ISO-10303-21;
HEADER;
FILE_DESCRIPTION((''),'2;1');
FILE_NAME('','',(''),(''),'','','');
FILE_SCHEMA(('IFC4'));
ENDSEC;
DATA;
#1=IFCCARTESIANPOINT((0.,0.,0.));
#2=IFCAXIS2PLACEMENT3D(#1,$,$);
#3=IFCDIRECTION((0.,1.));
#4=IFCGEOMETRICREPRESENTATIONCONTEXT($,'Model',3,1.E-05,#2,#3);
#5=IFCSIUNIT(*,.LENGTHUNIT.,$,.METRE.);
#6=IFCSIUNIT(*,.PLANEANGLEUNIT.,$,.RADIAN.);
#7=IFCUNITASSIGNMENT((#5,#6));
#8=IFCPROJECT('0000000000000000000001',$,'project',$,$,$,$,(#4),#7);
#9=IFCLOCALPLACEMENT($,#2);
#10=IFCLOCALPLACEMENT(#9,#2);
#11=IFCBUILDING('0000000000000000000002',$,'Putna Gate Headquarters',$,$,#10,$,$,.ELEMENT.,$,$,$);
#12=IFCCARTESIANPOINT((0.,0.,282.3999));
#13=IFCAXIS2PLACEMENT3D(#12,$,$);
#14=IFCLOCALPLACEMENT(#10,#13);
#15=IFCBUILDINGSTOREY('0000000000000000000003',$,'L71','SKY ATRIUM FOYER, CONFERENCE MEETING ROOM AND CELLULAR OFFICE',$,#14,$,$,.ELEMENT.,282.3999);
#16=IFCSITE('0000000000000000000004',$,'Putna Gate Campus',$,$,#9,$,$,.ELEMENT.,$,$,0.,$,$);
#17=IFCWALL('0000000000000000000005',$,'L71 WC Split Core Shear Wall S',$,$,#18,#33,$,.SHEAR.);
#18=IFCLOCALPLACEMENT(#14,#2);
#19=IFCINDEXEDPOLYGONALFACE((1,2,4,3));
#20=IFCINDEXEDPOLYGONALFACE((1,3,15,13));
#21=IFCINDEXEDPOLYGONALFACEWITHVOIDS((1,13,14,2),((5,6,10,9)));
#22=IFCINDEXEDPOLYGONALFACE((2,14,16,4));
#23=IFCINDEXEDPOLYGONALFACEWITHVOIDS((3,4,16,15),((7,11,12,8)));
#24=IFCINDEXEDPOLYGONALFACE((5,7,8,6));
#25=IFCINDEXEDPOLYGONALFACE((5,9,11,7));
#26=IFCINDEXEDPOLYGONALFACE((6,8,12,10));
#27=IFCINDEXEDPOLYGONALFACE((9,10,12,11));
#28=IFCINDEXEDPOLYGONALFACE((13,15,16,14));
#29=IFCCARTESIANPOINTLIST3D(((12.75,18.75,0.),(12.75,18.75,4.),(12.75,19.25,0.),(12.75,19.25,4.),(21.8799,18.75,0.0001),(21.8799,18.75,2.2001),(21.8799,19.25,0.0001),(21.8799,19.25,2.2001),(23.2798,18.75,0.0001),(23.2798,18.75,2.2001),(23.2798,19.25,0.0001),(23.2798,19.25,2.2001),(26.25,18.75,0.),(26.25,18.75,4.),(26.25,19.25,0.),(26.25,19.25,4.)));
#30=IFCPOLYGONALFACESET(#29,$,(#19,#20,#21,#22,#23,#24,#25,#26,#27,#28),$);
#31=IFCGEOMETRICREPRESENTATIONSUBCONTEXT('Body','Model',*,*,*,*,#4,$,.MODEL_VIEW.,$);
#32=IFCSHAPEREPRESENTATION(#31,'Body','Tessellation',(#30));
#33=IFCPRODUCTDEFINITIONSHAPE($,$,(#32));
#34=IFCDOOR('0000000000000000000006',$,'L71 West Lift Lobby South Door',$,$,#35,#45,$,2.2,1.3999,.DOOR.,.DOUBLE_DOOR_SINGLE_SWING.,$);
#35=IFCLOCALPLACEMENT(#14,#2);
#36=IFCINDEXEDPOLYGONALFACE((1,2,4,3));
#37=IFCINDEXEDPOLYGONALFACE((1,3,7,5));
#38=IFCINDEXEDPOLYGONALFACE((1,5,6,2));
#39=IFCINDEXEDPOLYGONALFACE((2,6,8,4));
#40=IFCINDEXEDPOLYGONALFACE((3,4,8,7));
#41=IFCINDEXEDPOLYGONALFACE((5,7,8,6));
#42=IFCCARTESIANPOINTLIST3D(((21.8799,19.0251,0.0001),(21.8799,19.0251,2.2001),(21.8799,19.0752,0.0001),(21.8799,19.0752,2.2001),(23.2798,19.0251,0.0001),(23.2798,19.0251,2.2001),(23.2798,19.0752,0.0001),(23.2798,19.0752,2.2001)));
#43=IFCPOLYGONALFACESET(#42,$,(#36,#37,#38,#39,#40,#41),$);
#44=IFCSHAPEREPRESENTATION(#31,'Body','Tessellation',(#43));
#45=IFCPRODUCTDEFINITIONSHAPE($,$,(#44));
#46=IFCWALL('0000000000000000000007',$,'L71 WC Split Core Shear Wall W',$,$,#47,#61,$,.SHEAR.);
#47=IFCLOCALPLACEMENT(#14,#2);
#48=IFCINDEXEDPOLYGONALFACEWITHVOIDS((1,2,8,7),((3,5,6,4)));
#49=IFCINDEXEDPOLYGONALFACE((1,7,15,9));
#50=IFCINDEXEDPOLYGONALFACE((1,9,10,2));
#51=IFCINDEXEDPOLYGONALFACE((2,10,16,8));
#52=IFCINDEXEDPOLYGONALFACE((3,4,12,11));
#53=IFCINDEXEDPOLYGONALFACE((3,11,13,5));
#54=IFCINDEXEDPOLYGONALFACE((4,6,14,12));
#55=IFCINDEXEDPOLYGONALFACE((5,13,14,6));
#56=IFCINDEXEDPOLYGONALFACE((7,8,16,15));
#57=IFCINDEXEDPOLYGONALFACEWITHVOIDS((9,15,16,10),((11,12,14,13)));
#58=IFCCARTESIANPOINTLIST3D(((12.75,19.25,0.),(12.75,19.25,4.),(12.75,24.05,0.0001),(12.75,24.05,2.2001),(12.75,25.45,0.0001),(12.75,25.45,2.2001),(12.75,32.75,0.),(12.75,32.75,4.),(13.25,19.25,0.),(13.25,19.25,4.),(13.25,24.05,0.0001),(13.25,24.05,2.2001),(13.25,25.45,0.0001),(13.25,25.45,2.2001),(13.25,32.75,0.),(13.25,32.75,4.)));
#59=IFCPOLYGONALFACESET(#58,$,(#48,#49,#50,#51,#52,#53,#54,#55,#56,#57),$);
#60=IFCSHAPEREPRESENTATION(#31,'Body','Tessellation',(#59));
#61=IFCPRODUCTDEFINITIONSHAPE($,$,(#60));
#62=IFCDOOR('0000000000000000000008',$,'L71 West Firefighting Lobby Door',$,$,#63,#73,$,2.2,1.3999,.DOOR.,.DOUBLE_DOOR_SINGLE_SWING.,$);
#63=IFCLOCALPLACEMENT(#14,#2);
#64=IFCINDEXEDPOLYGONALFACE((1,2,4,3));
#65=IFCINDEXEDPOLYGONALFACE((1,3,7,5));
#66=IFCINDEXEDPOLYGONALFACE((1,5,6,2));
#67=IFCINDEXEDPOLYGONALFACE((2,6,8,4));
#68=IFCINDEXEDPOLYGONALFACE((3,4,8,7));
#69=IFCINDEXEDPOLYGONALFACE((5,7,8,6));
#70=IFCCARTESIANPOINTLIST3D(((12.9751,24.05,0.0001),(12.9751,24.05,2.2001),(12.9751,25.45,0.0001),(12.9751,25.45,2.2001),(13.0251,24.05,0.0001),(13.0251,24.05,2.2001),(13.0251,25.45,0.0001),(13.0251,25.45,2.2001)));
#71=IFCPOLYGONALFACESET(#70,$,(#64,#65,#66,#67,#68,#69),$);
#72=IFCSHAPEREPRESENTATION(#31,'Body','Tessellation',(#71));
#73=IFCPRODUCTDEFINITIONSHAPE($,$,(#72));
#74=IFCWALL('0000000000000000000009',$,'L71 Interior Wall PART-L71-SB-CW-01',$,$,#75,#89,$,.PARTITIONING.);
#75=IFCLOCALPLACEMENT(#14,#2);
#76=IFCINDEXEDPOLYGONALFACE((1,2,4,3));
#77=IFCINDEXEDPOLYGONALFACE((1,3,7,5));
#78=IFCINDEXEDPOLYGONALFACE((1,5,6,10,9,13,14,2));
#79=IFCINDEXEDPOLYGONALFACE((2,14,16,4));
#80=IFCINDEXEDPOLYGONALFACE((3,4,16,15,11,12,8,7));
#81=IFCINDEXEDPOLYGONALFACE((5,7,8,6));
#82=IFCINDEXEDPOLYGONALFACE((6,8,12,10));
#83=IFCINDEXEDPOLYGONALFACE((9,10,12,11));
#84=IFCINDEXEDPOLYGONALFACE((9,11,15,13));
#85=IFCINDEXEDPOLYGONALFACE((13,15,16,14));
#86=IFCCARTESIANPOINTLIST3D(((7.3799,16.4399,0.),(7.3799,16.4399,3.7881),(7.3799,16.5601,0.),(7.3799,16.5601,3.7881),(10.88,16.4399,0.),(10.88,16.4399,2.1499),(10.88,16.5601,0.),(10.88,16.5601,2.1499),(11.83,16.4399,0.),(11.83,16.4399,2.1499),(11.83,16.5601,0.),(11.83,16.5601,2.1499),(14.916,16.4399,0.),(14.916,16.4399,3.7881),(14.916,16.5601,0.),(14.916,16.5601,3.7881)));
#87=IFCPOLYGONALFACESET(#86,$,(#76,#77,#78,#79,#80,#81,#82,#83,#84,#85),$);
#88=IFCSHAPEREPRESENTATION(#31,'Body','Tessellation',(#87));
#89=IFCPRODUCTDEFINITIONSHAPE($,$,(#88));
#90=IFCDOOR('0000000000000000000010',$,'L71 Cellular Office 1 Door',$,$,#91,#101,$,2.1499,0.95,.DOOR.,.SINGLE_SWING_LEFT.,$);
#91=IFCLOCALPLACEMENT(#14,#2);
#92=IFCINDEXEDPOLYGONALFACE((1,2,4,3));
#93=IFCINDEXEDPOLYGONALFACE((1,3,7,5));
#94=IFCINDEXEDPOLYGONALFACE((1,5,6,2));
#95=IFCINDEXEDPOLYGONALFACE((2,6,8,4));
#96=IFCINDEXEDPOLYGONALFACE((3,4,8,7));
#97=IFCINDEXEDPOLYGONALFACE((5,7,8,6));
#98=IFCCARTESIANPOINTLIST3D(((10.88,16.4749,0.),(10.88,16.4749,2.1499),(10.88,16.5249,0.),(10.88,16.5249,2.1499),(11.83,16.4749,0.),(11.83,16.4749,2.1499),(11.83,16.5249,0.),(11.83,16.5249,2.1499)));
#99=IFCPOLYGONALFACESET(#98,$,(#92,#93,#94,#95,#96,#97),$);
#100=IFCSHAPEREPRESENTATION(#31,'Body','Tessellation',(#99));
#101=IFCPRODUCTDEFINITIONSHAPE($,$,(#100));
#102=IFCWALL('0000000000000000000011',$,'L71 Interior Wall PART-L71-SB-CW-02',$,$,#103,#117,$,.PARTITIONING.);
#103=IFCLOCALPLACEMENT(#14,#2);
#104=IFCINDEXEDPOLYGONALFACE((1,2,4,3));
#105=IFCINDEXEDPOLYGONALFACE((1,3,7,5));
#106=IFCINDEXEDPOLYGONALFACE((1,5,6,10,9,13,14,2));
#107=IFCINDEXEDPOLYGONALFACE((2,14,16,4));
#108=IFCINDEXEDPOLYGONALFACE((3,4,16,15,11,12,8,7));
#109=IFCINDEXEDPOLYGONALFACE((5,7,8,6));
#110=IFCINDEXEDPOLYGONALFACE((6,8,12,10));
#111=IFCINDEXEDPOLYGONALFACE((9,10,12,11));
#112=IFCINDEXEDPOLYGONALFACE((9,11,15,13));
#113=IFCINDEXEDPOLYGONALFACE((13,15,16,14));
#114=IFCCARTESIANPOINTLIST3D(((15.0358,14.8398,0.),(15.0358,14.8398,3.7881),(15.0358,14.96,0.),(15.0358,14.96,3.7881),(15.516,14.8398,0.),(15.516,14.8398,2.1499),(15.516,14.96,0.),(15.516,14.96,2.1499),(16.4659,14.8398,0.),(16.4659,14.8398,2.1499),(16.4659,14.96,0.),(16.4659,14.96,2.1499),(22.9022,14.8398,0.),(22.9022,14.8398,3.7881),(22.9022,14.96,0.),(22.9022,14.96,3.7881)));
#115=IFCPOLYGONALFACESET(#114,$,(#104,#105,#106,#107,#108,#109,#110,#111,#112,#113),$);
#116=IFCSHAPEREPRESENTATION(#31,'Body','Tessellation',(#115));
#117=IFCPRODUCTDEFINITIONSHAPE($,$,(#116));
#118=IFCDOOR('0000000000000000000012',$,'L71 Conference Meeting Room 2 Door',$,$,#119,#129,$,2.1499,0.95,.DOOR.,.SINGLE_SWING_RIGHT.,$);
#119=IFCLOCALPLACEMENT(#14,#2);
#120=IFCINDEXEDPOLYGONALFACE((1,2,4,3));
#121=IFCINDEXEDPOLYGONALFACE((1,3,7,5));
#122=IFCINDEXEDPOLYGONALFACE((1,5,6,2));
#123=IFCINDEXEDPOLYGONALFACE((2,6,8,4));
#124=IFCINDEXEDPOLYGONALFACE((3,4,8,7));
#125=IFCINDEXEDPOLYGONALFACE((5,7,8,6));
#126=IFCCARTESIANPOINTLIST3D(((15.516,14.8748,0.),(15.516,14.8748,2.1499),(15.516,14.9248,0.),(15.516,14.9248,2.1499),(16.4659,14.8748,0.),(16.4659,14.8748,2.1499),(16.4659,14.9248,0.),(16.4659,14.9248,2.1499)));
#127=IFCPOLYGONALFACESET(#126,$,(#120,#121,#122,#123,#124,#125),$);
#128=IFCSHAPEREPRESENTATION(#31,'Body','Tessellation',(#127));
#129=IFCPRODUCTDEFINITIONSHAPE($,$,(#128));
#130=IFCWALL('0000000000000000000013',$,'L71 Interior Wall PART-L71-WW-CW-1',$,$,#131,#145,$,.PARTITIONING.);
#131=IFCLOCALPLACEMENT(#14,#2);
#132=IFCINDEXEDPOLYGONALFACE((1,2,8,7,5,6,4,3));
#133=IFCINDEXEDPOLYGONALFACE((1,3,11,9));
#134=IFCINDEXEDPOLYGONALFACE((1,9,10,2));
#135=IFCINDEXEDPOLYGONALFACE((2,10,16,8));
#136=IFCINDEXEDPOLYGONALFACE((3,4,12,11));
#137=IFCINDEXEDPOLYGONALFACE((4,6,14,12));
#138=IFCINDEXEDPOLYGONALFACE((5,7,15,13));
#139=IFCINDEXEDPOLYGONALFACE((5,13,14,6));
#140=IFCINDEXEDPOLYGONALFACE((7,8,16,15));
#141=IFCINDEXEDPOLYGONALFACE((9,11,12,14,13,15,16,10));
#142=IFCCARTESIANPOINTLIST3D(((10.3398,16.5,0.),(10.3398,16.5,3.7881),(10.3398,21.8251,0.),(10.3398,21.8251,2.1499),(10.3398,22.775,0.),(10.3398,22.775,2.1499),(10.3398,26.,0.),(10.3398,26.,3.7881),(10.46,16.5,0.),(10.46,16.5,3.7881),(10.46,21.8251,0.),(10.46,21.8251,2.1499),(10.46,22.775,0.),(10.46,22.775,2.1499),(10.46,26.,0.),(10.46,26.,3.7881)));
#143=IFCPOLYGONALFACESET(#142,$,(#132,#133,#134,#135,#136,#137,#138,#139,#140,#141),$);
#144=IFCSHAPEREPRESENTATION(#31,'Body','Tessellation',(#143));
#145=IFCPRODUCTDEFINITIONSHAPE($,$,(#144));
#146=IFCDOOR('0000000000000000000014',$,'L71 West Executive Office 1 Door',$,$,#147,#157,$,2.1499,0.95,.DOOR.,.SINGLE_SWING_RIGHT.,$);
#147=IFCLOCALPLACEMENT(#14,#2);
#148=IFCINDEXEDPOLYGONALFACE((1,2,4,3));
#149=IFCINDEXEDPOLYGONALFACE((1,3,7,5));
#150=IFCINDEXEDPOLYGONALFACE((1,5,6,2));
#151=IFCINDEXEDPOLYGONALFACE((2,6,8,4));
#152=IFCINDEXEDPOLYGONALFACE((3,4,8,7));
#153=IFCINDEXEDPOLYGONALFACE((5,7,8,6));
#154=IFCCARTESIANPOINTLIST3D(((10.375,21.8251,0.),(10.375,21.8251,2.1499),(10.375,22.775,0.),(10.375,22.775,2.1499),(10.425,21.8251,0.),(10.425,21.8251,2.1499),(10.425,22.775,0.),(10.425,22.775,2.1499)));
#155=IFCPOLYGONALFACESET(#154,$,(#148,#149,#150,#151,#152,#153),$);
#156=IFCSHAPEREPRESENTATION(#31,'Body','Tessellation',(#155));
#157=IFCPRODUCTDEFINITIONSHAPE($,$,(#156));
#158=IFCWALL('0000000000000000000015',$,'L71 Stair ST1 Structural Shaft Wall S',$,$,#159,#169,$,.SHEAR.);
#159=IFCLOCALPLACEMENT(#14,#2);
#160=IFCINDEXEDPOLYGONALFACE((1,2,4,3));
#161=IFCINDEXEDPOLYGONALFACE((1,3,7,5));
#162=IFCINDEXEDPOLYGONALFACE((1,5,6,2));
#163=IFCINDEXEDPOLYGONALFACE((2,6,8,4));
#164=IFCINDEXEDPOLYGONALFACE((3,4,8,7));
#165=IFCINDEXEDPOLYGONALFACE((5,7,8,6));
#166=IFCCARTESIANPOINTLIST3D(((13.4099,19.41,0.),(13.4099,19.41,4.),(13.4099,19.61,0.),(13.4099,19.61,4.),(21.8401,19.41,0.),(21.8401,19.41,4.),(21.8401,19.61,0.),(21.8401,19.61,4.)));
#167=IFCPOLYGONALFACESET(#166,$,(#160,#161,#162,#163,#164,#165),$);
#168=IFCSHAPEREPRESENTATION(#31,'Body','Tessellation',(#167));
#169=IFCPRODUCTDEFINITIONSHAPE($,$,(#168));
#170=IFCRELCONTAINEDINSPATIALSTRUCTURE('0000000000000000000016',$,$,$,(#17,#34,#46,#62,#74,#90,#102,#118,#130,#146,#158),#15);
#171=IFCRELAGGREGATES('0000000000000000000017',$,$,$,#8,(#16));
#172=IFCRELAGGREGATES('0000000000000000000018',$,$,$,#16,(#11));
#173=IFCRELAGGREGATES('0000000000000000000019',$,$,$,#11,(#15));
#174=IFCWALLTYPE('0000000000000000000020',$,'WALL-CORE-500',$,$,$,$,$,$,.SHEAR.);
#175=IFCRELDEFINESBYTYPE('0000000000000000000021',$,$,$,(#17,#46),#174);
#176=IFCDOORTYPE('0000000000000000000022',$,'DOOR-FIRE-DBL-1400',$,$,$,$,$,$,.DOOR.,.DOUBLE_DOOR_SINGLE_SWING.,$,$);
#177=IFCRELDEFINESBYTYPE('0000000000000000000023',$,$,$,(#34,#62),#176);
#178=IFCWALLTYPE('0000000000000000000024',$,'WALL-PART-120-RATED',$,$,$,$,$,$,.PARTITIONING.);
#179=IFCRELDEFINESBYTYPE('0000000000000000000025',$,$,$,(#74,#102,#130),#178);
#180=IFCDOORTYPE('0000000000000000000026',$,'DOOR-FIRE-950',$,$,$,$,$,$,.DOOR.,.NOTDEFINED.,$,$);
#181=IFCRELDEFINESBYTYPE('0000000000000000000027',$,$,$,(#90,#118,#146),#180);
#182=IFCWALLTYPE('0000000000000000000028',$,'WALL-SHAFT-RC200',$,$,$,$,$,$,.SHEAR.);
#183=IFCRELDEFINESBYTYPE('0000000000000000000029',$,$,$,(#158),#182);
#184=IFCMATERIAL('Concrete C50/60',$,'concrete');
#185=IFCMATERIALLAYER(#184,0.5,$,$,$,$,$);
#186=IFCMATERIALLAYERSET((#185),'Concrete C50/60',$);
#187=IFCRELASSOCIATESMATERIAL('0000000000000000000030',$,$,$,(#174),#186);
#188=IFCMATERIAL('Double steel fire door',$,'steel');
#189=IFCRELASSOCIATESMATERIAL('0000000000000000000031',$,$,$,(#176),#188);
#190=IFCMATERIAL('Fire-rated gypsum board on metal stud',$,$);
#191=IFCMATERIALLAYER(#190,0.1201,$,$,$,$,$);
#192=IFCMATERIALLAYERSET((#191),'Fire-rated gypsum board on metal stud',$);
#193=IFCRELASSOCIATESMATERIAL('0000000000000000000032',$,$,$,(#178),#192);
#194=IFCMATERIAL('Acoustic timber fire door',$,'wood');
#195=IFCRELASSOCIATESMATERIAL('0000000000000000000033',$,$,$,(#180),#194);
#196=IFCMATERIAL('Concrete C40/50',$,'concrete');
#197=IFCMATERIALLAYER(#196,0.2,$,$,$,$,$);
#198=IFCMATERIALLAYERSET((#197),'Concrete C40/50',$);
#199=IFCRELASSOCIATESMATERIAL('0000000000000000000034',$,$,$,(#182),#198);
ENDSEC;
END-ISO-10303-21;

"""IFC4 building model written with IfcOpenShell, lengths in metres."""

from ifc_helpers import new_model, si_unit, direction, frame, frame_2d, origin, place, context, subcontext, project, spatial, rectangle, extrude, material, layer, layer_set, type_object, element, fill, save


model = new_model("IFC4")

# Units and contexts
model_context = context("Model", 3, precision=1e-05, world=origin(), true_north=direction((0.0, 1.0)))
body_context = subcontext(model_context, "Body", "Model", "MODEL_VIEW")
ifc_project = project(units=[si_unit("LENGTHUNIT", "METRE"), si_unit("PLANEANGLEUNIT", "RADIAN")], contexts=[model_context])

# Site, building, storey
site_placement = place(None, origin())
site = spatial("IfcSite", under=ifc_project, at=site_placement, Name="Putna Gate Campus", CompositionType="ELEMENT", RefElevation=0.0)
building_placement = place(site_placement, origin())
building = spatial("IfcBuilding", under=site, at=building_placement, Name="Putna Gate Headquarters", CompositionType="ELEMENT")
storey_placement = place(building_placement, frame((0.0, 0.0, 282.3999)))
storey = spatial("IfcBuildingStorey", under=building, at=storey_placement, Name="L71", Description="SKY ATRIUM FOYER, CONFERENCE MEETING ROOM AND CELLULAR OFFICE", CompositionType="ELEMENT", Elevation=282.3999)

# Walls, openings, doors
ifc_material_1 = material(Name="Concrete C50/60", Category="concrete")
ifc_layer_1 = layer(ifc_material_1, 0.5)
ifc_layer_set_1 = layer_set([ifc_layer_1], Name="Concrete C50/60")
wall_type_1 = type_object("IfcWallType", Name="WALL-CORE-500", PredefinedType="SHEAR", material=ifc_layer_set_1)
wall_1_placement = place(storey_placement, frame((12.75, 19.0, 0.0), z_axis=(0.0, 0.0, 1.0), x_axis=(1.0, 0.0, 0.0)))
wall_1 = element("IfcWall", 1, at=wall_1_placement, inside=storey, type_object=wall_type_1, Name="L71 WC Split Core Shear Wall S", PredefinedType="SHEAR", context=body_context, shape_type="SweptSolid", body=[
    extrude(rectangle(XDim=13.5, YDim=0.5, at=frame_2d((6.75, 0.0))), origin(), (0.0, 0.0, 1.0), 4.0),
])
opening_1_placement = place(wall_1_placement, frame((9.1299, 0.0, 0.0)))
opening_1 = element("IfcOpeningElement", 2, at=opening_1_placement, cuts=wall_1, PredefinedType="OPENING", context=body_context, shape_type="SweptSolid", body=[
    extrude(rectangle(XDim=1.3999, YDim=2.2, at=frame_2d((0.7, 1.1001))), frame((0.0, 0.26, 0.0), z_axis=(0.0, -1.0, 0.0), x_axis=(1.0, 0.0, 0.0)), (0.0, 0.0, 1.0), 0.52),
])
ifc_material_2 = material(Name="Double steel fire door", Category="steel")
door_type_1 = type_object("IfcDoorType", Name="DOOR-FIRE-DBL-1400", OperationType="DOUBLE_DOOR_SINGLE_SWING", PredefinedType="DOOR", material=ifc_material_2)
door_1_placement = place(opening_1_placement, origin())
door_1 = element("IfcDoor", 3, at=door_1_placement, inside=storey, type_object=door_type_1, Name="L71 West Lift Lobby South Door", OperationType="DOUBLE_DOOR_SINGLE_SWING", OverallHeight=2.2, OverallWidth=1.3999, PredefinedType="DOOR", context=body_context, shape_type="SweptSolid", body=[
    extrude(rectangle(XDim=1.3999, YDim=2.2, at=frame_2d((0.7, 1.1001))), frame((0.0, 0.0752, 0.0), z_axis=(0.0, -1.0, 0.0), x_axis=(1.0, 0.0, 0.0)), (0.0, 0.0, 1.0), 0.05),
])
fill(opening_1, door_1)
wall_2_placement = place(storey_placement, frame((13.0, 19.25, 0.0), z_axis=(0.0, 0.0, 1.0), x_axis=(0.0, 1.0, 0.0)))
wall_2 = element("IfcWall", 4, at=wall_2_placement, inside=storey, type_object=wall_type_1, Name="L71 WC Split Core Shear Wall W", PredefinedType="SHEAR", context=body_context, shape_type="SweptSolid", body=[
    extrude(rectangle(XDim=13.5, YDim=0.5, at=frame_2d((6.75, 0.0))), origin(), (0.0, 0.0, 1.0), 4.0),
])
opening_2_placement = place(wall_2_placement, frame((4.8, 0.0, 0.0)))
opening_2 = element("IfcOpeningElement", 5, at=opening_2_placement, cuts=wall_2, PredefinedType="OPENING", context=body_context, shape_type="SweptSolid", body=[
    extrude(rectangle(XDim=1.3999, YDim=2.2, at=frame_2d((0.7, 1.1001))), frame((0.0, 0.26, 0.0), z_axis=(0.0, -1.0, 0.0), x_axis=(1.0, 0.0, 0.0)), (0.0, 0.0, 1.0), 0.52),
])
door_2_placement = place(opening_2_placement, origin())
door_2 = element("IfcDoor", 6, at=door_2_placement, inside=storey, type_object=door_type_1, Name="L71 West Firefighting Lobby Door", OperationType="DOUBLE_DOOR_SINGLE_SWING", OverallHeight=2.2, OverallWidth=1.3999, PredefinedType="DOOR", context=body_context, shape_type="SweptSolid", body=[
    extrude(rectangle(XDim=1.3999, YDim=2.2, at=frame_2d((0.7, 1.1001))), frame((0.0, 0.0249, 0.0), z_axis=(0.0, -1.0, 0.0), x_axis=(1.0, 0.0, 0.0)), (0.0, 0.0, 1.0), 0.05),
])
fill(opening_2, door_2)
ifc_material_3 = material(Name="Fire-rated gypsum board on metal stud")
ifc_layer_2 = layer(ifc_material_3, 0.1201)
ifc_layer_set_2 = layer_set([ifc_layer_2], Name="Fire-rated gypsum board on metal stud")
wall_type_2 = type_object("IfcWallType", Name="WALL-PART-120-RATED", PredefinedType="PARTITIONING", material=ifc_layer_set_2)
wall_3_placement = place(storey_placement, frame((7.3799, 16.5, 0.0), z_axis=(0.0, 0.0, 1.0), x_axis=(1.0, 0.0, 0.0)))
wall_3 = element("IfcWall", 7, at=wall_3_placement, inside=storey, type_object=wall_type_2, Name="L71 Interior Wall PART-L71-SB-CW-01", PredefinedType="PARTITIONING", context=body_context, shape_type="SweptSolid", body=[
    extrude(rectangle(XDim=7.5361, YDim=0.1201, at=frame_2d((3.7681, 0.0))), origin(), (0.0, 0.0, 1.0), 3.7881),
])
opening_3_placement = place(wall_3_placement, frame((3.5, 0.0, 0.0)))
opening_3 = element("IfcOpeningElement", 8, at=opening_3_placement, cuts=wall_3, PredefinedType="OPENING", context=body_context, shape_type="SweptSolid", body=[
    extrude(rectangle(XDim=0.95, YDim=2.1499, at=frame_2d((0.4751, 1.075))), frame((0.0, 0.0701, 0.0), z_axis=(0.0, -1.0, 0.0), x_axis=(1.0, 0.0, 0.0)), (0.0, 0.0, 1.0), 0.1401),
])
ifc_material_4 = material(Name="Acoustic timber fire door", Category="wood")
door_type_2 = type_object("IfcDoorType", Name="DOOR-FIRE-950", OperationType="NOTDEFINED", PredefinedType="DOOR", material=ifc_material_4)
door_3_placement = place(opening_3_placement, origin())
door_3 = element("IfcDoor", 9, at=door_3_placement, inside=storey, type_object=door_type_2, Name="L71 Cellular Office 1 Door", OperationType="SINGLE_SWING_LEFT", OverallHeight=2.1499, OverallWidth=0.95, PredefinedType="DOOR", context=body_context, shape_type="SweptSolid", body=[
    extrude(rectangle(XDim=0.95, YDim=2.1499, at=frame_2d((0.4751, 1.075))), frame((0.0, 0.0249, 0.0), z_axis=(0.0, -1.0, 0.0), x_axis=(1.0, 0.0, 0.0)), (0.0, 0.0, 1.0), 0.05),
])
fill(opening_3, door_3)
wall_4_placement = place(storey_placement, frame((15.0359, 14.8999, 0.0), z_axis=(0.0, 0.0, 1.0), x_axis=(1.0, 0.0, 0.0)))
wall_4 = element("IfcWall", 10, at=wall_4_placement, inside=storey, type_object=wall_type_2, Name="L71 Interior Wall PART-L71-SB-CW-02", PredefinedType="PARTITIONING", context=body_context, shape_type="SweptSolid", body=[
    extrude(rectangle(XDim=7.8665, YDim=0.1201, at=frame_2d((3.9331, 0.0))), origin(), (0.0, 0.0, 1.0), 3.7881),
])
opening_4_placement = place(wall_4_placement, frame((0.48, 0.0, 0.0)))
opening_4 = element("IfcOpeningElement", 11, at=opening_4_placement, cuts=wall_4, PredefinedType="OPENING", context=body_context, shape_type="SweptSolid", body=[
    extrude(rectangle(XDim=0.95, YDim=2.1499, at=frame_2d((0.4751, 1.075))), frame((0.0, 0.0701, 0.0), z_axis=(0.0, -1.0, 0.0), x_axis=(1.0, 0.0, 0.0)), (0.0, 0.0, 1.0), 0.1401),
])
door_4_placement = place(opening_4_placement, origin())
door_4 = element("IfcDoor", 12, at=door_4_placement, inside=storey, type_object=door_type_2, Name="L71 Conference Meeting Room 2 Door", OperationType="SINGLE_SWING_RIGHT", OverallHeight=2.1499, OverallWidth=0.95, PredefinedType="DOOR", context=body_context, shape_type="SweptSolid", body=[
    extrude(rectangle(XDim=0.95, YDim=2.1499, at=frame_2d((0.4751, 1.075))), frame((0.0, 0.0249, 0.0), z_axis=(0.0, -1.0, 0.0), x_axis=(1.0, 0.0, 0.0)), (0.0, 0.0, 1.0), 0.05),
])
fill(opening_4, door_4)
wall_5_placement = place(storey_placement, frame((10.3999, 16.5, 0.0), z_axis=(0.0, 0.0, 1.0), x_axis=(0.0, 1.0, 0.0)))
wall_5 = element("IfcWall", 13, at=wall_5_placement, inside=storey, type_object=wall_type_2, Name="L71 Interior Wall PART-L71-WW-CW-1", PredefinedType="PARTITIONING", context=body_context, shape_type="SweptSolid", body=[
    extrude(rectangle(XDim=9.5, YDim=0.1201, at=frame_2d((4.75, 0.0))), origin(), (0.0, 0.0, 1.0), 3.7881),
])
opening_5_placement = place(wall_5_placement, frame((5.325, 0.0, 0.0)))
opening_5 = element("IfcOpeningElement", 14, at=opening_5_placement, cuts=wall_5, PredefinedType="OPENING", context=body_context, shape_type="SweptSolid", body=[
    extrude(rectangle(XDim=0.95, YDim=2.1499, at=frame_2d((0.4751, 1.075))), frame((0.0, 0.0701, 0.0), z_axis=(0.0, -1.0, 0.0), x_axis=(1.0, 0.0, 0.0)), (0.0, 0.0, 1.0), 0.1401),
])
door_5_placement = place(opening_5_placement, origin())
door_5 = element("IfcDoor", 15, at=door_5_placement, inside=storey, type_object=door_type_2, Name="L71 West Executive Office 1 Door", OperationType="SINGLE_SWING_RIGHT", OverallHeight=2.1499, OverallWidth=0.95, PredefinedType="DOOR", context=body_context, shape_type="SweptSolid", body=[
    extrude(rectangle(XDim=0.95, YDim=2.1499, at=frame_2d((0.4751, 1.075))), frame((0.0, 0.0249, 0.0), z_axis=(0.0, -1.0, 0.0), x_axis=(1.0, 0.0, 0.0)), (0.0, 0.0, 1.0), 0.05),
])
fill(opening_5, door_5)

# Wall
ifc_material_5 = material(Name="Concrete C40/50", Category="concrete")
ifc_layer_3 = layer(ifc_material_5, 0.2)
ifc_layer_set_3 = layer_set([ifc_layer_3], Name="Concrete C40/50")
wall_type_3 = type_object("IfcWallType", Name="WALL-SHAFT-RC200", PredefinedType="SHEAR", material=ifc_layer_set_3)
wall_6_placement = place(storey_placement, frame((13.4099, 19.51, 0.0), z_axis=(0.0, 0.0, 1.0), x_axis=(1.0, 0.0, 0.0)))
element("IfcWall", 16, at=wall_6_placement, inside=storey, type_object=wall_type_3, Name="L71 Stair ST1 Structural Shaft Wall S", PredefinedType="SHEAR", context=body_context, shape_type="SweptSolid", body=[
    extrude(rectangle(XDim=8.4302, YDim=0.2, at=frame_2d((4.2151, 0.0))), origin(), (0.0, 0.0, 1.0), 4.0),
])

save(model, "model.ifc")
